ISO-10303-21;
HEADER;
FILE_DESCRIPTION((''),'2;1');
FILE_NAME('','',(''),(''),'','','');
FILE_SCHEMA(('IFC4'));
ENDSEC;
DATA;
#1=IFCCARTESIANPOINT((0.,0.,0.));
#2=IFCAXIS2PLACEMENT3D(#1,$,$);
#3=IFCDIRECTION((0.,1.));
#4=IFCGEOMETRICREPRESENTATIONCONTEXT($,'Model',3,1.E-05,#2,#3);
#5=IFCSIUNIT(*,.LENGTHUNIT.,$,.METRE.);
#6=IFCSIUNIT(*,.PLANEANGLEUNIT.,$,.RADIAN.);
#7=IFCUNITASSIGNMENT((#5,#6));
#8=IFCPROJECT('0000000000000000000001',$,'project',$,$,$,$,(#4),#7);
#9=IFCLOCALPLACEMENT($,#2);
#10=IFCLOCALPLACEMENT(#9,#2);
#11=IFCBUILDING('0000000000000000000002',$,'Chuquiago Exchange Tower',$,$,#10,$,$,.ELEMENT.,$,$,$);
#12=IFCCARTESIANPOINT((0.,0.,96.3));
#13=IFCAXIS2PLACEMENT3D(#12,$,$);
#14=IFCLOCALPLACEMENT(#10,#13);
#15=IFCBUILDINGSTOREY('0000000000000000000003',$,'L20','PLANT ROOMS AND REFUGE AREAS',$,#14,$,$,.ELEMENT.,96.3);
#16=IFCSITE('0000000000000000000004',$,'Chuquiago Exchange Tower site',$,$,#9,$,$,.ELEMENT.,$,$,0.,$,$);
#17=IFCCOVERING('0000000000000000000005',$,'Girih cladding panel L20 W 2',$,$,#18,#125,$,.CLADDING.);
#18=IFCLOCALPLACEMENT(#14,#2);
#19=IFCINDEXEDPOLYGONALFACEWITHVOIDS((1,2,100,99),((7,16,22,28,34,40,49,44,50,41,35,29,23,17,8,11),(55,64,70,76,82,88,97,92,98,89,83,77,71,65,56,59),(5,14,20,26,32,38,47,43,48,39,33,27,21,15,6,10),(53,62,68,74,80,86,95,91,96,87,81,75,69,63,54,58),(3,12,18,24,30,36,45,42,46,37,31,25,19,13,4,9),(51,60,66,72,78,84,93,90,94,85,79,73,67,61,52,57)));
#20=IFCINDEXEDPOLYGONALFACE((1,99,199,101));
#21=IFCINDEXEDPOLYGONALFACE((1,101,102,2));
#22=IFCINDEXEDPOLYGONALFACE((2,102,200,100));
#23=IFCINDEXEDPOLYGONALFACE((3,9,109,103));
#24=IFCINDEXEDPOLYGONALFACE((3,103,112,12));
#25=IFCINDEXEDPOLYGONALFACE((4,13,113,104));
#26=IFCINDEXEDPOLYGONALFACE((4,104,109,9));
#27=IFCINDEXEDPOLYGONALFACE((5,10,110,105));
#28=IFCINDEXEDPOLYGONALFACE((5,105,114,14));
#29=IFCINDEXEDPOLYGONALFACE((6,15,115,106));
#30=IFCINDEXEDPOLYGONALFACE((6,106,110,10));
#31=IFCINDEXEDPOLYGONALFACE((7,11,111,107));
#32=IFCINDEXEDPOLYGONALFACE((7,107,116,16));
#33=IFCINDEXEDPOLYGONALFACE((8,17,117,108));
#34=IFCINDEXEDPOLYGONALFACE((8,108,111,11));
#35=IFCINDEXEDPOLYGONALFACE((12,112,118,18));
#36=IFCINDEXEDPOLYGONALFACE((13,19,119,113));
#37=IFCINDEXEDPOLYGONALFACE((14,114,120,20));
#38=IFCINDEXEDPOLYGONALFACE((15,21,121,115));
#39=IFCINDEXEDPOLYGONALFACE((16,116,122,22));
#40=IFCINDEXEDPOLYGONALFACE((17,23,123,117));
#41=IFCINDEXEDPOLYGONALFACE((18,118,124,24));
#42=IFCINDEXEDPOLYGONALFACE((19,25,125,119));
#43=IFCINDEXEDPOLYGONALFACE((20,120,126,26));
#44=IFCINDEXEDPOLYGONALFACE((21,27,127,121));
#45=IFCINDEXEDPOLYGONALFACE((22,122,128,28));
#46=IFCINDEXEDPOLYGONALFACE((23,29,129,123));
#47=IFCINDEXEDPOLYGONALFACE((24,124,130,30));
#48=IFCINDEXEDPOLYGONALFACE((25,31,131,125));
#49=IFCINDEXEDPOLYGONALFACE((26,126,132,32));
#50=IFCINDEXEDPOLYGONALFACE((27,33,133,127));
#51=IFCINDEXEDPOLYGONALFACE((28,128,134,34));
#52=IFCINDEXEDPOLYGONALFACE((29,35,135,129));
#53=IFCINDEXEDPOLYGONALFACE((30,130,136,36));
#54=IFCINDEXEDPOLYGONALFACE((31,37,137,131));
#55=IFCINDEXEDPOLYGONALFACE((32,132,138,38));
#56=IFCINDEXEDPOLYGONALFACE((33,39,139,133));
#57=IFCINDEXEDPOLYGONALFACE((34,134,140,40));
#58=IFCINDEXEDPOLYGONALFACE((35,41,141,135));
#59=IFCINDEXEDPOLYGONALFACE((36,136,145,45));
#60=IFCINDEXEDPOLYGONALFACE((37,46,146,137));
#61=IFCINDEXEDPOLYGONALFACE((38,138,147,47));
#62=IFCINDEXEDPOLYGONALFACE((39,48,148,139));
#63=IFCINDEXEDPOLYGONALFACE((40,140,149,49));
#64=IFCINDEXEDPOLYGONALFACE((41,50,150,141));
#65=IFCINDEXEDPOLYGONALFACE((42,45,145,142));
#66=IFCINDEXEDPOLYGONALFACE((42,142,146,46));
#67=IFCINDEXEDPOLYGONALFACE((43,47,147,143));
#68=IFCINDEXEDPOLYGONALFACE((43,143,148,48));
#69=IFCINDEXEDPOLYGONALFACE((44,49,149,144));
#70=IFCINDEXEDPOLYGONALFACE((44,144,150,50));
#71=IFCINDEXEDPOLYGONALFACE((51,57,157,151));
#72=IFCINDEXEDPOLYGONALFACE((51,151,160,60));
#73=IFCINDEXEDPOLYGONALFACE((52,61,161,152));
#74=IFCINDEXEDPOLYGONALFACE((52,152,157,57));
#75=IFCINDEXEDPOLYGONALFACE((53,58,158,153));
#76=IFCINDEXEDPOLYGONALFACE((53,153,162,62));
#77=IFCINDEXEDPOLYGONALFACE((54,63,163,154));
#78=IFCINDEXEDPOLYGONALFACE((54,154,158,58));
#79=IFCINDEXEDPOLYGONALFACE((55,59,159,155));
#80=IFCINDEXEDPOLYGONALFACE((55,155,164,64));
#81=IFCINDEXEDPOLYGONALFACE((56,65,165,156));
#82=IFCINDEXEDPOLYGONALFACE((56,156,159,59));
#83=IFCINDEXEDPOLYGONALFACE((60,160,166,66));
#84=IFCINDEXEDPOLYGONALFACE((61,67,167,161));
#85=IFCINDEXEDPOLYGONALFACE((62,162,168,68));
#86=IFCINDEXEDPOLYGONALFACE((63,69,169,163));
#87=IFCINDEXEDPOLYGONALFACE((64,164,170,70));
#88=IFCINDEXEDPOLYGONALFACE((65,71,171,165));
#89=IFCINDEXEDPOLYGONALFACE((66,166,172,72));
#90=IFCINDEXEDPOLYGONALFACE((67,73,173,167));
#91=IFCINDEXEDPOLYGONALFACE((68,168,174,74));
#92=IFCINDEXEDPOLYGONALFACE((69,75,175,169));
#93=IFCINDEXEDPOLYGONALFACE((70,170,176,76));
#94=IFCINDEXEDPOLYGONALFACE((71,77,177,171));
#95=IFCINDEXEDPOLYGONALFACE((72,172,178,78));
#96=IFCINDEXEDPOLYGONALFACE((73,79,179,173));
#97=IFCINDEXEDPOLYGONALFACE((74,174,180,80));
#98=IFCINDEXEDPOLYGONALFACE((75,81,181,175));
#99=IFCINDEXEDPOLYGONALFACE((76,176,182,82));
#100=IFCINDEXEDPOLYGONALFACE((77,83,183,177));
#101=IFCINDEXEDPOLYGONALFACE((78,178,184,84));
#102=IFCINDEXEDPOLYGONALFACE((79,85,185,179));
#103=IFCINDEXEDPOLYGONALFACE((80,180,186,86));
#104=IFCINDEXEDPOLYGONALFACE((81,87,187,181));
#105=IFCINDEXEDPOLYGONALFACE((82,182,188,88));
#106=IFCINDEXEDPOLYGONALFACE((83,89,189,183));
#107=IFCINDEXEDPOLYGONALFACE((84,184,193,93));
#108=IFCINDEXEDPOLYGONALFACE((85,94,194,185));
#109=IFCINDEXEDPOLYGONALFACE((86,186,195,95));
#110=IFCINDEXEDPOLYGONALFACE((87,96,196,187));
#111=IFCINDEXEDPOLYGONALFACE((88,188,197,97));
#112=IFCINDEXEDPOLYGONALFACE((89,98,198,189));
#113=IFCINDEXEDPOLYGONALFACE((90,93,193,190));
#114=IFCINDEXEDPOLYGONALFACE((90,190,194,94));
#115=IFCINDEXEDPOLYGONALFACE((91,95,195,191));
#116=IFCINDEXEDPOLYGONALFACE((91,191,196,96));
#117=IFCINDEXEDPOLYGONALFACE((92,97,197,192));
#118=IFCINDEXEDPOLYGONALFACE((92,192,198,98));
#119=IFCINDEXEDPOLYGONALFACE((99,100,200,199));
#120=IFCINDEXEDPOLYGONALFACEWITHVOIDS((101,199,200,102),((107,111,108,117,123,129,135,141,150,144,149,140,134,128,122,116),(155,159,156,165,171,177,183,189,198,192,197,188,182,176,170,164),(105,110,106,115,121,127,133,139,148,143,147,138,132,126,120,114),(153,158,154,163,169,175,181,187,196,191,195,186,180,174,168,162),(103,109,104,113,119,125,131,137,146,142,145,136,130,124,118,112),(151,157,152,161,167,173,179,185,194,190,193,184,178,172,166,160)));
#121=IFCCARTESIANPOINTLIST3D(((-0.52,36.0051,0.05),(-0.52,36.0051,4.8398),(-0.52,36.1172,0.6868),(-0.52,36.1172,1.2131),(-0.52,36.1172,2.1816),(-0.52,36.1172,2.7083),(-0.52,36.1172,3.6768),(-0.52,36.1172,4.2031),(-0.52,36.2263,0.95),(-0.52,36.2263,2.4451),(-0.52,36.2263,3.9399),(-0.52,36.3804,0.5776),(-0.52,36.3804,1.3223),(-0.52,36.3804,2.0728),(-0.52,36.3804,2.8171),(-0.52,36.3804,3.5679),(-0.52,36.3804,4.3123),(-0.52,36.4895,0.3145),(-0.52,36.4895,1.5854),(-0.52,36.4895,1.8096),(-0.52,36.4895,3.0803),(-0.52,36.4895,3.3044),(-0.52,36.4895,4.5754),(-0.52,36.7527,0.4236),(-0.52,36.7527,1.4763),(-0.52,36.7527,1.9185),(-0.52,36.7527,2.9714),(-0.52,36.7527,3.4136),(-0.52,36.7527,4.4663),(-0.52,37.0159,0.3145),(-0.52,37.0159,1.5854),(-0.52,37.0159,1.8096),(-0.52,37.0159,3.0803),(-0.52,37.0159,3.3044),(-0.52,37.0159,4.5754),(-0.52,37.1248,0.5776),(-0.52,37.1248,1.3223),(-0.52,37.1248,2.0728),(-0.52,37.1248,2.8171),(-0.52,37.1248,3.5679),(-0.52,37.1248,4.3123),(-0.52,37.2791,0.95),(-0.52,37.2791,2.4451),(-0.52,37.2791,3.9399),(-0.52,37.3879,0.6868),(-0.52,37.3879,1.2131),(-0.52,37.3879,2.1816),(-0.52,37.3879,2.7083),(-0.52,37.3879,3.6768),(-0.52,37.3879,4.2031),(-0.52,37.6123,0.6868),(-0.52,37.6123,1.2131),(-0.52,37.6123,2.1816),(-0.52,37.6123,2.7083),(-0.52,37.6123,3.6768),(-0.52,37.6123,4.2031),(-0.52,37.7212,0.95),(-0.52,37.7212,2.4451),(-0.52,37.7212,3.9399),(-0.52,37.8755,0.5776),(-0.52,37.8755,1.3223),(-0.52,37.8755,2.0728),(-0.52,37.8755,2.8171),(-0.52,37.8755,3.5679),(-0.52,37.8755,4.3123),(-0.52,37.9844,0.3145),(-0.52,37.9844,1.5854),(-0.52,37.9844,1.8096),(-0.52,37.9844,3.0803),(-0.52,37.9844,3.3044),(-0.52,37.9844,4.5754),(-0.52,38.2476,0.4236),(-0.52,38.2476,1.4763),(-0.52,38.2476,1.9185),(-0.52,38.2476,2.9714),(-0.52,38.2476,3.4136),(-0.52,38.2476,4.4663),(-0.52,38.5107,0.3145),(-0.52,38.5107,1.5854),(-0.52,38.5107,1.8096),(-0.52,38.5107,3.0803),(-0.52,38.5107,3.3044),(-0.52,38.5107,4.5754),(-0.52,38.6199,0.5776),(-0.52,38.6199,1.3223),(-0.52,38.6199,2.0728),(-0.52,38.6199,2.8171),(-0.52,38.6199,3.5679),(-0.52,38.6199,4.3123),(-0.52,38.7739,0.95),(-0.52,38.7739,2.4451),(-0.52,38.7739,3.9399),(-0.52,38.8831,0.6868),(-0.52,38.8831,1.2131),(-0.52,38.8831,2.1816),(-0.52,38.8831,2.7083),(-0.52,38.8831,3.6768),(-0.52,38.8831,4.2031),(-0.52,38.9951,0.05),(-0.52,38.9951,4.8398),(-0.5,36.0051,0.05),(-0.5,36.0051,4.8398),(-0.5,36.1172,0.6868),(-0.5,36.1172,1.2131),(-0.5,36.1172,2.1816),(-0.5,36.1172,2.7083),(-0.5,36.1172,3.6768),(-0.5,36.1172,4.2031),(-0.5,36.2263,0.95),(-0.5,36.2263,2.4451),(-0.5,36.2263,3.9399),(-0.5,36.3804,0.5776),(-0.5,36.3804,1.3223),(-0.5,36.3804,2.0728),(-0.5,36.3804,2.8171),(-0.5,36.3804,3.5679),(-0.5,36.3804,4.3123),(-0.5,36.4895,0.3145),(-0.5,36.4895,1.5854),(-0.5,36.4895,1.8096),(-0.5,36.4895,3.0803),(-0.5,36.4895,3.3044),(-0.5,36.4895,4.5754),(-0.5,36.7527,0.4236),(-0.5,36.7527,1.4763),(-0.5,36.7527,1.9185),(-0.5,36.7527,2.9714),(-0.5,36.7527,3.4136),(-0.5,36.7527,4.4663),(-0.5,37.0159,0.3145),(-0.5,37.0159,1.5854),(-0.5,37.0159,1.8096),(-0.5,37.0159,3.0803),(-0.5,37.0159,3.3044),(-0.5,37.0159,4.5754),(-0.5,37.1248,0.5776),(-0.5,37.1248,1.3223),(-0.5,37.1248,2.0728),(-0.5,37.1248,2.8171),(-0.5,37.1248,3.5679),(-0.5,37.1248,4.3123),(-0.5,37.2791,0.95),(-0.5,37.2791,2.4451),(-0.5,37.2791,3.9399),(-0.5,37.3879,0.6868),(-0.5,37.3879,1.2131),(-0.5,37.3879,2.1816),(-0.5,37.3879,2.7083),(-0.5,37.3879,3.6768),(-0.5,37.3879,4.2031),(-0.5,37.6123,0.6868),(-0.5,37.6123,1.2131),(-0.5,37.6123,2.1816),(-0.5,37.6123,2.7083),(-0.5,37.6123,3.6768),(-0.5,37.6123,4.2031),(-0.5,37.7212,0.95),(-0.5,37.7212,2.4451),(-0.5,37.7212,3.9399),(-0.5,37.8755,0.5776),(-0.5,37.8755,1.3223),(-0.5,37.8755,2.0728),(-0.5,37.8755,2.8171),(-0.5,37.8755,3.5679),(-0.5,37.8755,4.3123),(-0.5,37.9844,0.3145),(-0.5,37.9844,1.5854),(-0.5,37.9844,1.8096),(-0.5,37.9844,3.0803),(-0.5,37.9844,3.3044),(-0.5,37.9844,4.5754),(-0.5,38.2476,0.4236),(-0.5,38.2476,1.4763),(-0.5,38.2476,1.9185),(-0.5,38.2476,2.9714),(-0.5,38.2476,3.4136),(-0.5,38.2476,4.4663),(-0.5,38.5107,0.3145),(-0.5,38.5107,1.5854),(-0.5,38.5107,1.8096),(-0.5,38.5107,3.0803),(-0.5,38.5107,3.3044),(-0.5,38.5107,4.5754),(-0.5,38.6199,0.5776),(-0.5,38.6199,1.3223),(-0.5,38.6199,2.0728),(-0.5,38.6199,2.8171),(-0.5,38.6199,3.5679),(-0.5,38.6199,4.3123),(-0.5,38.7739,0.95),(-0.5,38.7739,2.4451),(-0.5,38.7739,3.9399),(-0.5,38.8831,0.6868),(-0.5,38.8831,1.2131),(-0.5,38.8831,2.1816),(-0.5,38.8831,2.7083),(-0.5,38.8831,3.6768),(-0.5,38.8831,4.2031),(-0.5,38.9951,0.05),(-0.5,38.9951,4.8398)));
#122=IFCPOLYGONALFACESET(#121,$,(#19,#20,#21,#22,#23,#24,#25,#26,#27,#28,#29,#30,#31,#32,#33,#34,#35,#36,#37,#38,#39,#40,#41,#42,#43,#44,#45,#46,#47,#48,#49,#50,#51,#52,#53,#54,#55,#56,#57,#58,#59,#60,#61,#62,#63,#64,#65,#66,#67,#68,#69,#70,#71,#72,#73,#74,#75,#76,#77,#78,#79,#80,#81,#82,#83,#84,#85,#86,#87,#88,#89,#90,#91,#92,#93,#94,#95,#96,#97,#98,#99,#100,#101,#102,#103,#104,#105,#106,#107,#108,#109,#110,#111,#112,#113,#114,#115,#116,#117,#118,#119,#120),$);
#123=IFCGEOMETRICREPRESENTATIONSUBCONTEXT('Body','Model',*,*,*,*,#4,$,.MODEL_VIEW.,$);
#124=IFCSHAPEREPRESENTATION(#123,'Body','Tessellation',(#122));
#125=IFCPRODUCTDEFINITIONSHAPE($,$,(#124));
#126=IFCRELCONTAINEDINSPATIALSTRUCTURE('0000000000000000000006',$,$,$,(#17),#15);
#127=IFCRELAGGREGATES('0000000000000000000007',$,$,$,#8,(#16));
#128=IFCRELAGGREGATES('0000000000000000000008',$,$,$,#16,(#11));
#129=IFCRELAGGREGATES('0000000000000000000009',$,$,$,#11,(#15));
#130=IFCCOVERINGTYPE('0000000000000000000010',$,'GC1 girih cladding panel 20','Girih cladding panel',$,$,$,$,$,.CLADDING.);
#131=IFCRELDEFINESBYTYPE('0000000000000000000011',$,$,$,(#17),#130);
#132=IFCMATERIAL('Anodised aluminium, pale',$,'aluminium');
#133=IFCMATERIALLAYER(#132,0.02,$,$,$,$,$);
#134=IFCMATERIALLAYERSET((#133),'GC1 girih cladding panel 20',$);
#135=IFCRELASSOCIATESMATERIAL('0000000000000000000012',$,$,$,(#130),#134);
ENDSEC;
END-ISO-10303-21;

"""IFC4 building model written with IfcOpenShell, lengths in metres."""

from ifc_helpers import new_model, si_unit, direction, frame, origin, place, context, subcontext, project, spatial, polyline, outline, extrude, material, layer, layer_set, type_object, element, save


model = new_model("IFC4")

# Units and contexts
model_context = context("Model", 3, precision=1e-05, world=origin(), true_north=direction((0.0, 1.0)))
body_context = subcontext(model_context, "Body", "Model", "MODEL_VIEW")
ifc_project = project(units=[si_unit("LENGTHUNIT", "METRE"), si_unit("PLANEANGLEUNIT", "RADIAN")], contexts=[model_context])

# Site, building, storey
site_placement = place(None, origin())
site = spatial("IfcSite", under=ifc_project, at=site_placement, Name="Chuquiago Exchange Tower site", CompositionType="ELEMENT", RefElevation=0.0)
building_placement = place(site_placement, origin())
building = spatial("IfcBuilding", under=site, at=building_placement, Name="Chuquiago Exchange Tower", CompositionType="ELEMENT")
storey_placement = place(building_placement, frame((0.0, 0.0, 96.3)))
storey = spatial("IfcBuildingStorey", under=building, at=storey_placement, Name="L20", Description="PLANT ROOMS AND REFUGE AREAS", CompositionType="ELEMENT", Elevation=96.3)

# Covering
ifc_material_1 = material(Name="Anodised aluminium, pale", Category="aluminium")
ifc_layer_1 = layer(ifc_material_1, 0.02)
ifc_layer_set_1 = layer_set([ifc_layer_1], Name="GC1 girih cladding panel 20")
covering_type = type_object("IfcCoveringType", Name="GC1 girih cladding panel 20", Description="Girih cladding panel", PredefinedType="CLADDING", material=ifc_layer_set_1)
covering_1_placement = place(storey_placement, frame((-0.5, 38.9951, 0.05), z_axis=(0.0, 0.0, 1.0), x_axis=(0.0, -1.0, 0.0)))
element("IfcCovering", 1, at=covering_1_placement, inside=storey, type_object=covering_type, Name="Girih cladding panel L20 W 2", PredefinedType="CLADDING", context=body_context, shape_type="SweptSolid", body=[
    extrude(outline(polyline([(0.0, 0.0), (2.99, 0.0), (2.99, 4.7898), (0.0, 4.7898), (0.0, 0.0)]), holes=[polyline([(1.2739, 0.8999), (1.3828, 1.1631), (1.1196, 1.2722), (1.0107, 1.5354), (0.7476, 1.4263), (0.4844, 1.5354), (0.3752, 1.2722), (0.1121, 1.1631), (0.2212, 0.8999), (0.1121, 0.6367), (0.3752, 0.5276), (0.4844, 0.2644), (0.7476, 0.3735), (1.0107, 0.2644), (1.1196, 0.5276), (1.3828, 0.6367), (1.2739, 0.8999)]), polyline([(2.7688, 0.8999), (2.8779, 1.1631), (2.6147, 1.2722), (2.5056, 1.5354), (2.2424, 1.4263), (1.9792, 1.5354), (1.8704, 1.2722), (1.6072, 1.1631), (1.7161, 0.8999), (1.6072, 0.6367), (1.8704, 0.5276), (1.9792, 0.2644), (2.2424, 0.3735), (2.5056, 0.2644), (2.6147, 0.5276), (2.8779, 0.6367), (2.7688, 0.8999)]), polyline([(1.2739, 2.395), (1.3828, 2.6582), (1.1196, 2.7671), (1.0107, 3.0303), (0.7476, 2.9214), (0.4844, 3.0303), (0.3752, 2.7671), (0.1121, 2.6582), (0.2212, 2.395), (0.1121, 2.1316), (0.3752, 2.0227), (0.4844, 1.7595), (0.7476, 1.8684), (1.0107, 1.7595), (1.1196, 2.0227), (1.3828, 2.1316), (1.2739, 2.395)]), polyline([(2.7688, 2.395), (2.8779, 2.6582), (2.6147, 2.7671), (2.5056, 3.0303), (2.2424, 2.9214), (1.9792, 3.0303), (1.8704, 2.7671), (1.6072, 2.6582), (1.7161, 2.395), (1.6072, 2.1316), (1.8704, 2.0227), (1.9792, 1.7595), (2.2424, 1.8684), (2.5056, 1.7595), (2.6147, 2.0227), (2.8779, 2.1316), (2.7688, 2.395)]), polyline([(1.2739, 3.8899), (1.3828, 4.1531), (1.1196, 4.2622), (1.0107, 4.5254), (0.7476, 4.4163), (0.4844, 4.5254), (0.3752, 4.2622), (0.1121, 4.1531), (0.2212, 3.8899), (0.1121, 3.6267), (0.3752, 3.5178), (0.4844, 3.2544), (0.7476, 3.3635), (1.0107, 3.2544), (1.1196, 3.5178), (1.3828, 3.6267), (1.2739, 3.8899)]), polyline([(2.7688, 3.8899), (2.8779, 4.1531), (2.6147, 4.2622), (2.5056, 4.5254), (2.2424, 4.4163), (1.9792, 4.5254), (1.8704, 4.2622), (1.6072, 4.1531), (1.7161, 3.8899), (1.6072, 3.6267), (1.8704, 3.5178), (1.9792, 3.2544), (2.2424, 3.3635), (2.5056, 3.2544), (2.6147, 3.5178), (2.8779, 3.6267), (2.7688, 3.8899)])]), frame((0.0, 0.0, 0.0), z_axis=(0.0, -1.0, 0.0), x_axis=(1.0, 0.0, 0.0)), (0.0, 0.0, 1.0), 0.02),
])

save(model, "model.ifc")
